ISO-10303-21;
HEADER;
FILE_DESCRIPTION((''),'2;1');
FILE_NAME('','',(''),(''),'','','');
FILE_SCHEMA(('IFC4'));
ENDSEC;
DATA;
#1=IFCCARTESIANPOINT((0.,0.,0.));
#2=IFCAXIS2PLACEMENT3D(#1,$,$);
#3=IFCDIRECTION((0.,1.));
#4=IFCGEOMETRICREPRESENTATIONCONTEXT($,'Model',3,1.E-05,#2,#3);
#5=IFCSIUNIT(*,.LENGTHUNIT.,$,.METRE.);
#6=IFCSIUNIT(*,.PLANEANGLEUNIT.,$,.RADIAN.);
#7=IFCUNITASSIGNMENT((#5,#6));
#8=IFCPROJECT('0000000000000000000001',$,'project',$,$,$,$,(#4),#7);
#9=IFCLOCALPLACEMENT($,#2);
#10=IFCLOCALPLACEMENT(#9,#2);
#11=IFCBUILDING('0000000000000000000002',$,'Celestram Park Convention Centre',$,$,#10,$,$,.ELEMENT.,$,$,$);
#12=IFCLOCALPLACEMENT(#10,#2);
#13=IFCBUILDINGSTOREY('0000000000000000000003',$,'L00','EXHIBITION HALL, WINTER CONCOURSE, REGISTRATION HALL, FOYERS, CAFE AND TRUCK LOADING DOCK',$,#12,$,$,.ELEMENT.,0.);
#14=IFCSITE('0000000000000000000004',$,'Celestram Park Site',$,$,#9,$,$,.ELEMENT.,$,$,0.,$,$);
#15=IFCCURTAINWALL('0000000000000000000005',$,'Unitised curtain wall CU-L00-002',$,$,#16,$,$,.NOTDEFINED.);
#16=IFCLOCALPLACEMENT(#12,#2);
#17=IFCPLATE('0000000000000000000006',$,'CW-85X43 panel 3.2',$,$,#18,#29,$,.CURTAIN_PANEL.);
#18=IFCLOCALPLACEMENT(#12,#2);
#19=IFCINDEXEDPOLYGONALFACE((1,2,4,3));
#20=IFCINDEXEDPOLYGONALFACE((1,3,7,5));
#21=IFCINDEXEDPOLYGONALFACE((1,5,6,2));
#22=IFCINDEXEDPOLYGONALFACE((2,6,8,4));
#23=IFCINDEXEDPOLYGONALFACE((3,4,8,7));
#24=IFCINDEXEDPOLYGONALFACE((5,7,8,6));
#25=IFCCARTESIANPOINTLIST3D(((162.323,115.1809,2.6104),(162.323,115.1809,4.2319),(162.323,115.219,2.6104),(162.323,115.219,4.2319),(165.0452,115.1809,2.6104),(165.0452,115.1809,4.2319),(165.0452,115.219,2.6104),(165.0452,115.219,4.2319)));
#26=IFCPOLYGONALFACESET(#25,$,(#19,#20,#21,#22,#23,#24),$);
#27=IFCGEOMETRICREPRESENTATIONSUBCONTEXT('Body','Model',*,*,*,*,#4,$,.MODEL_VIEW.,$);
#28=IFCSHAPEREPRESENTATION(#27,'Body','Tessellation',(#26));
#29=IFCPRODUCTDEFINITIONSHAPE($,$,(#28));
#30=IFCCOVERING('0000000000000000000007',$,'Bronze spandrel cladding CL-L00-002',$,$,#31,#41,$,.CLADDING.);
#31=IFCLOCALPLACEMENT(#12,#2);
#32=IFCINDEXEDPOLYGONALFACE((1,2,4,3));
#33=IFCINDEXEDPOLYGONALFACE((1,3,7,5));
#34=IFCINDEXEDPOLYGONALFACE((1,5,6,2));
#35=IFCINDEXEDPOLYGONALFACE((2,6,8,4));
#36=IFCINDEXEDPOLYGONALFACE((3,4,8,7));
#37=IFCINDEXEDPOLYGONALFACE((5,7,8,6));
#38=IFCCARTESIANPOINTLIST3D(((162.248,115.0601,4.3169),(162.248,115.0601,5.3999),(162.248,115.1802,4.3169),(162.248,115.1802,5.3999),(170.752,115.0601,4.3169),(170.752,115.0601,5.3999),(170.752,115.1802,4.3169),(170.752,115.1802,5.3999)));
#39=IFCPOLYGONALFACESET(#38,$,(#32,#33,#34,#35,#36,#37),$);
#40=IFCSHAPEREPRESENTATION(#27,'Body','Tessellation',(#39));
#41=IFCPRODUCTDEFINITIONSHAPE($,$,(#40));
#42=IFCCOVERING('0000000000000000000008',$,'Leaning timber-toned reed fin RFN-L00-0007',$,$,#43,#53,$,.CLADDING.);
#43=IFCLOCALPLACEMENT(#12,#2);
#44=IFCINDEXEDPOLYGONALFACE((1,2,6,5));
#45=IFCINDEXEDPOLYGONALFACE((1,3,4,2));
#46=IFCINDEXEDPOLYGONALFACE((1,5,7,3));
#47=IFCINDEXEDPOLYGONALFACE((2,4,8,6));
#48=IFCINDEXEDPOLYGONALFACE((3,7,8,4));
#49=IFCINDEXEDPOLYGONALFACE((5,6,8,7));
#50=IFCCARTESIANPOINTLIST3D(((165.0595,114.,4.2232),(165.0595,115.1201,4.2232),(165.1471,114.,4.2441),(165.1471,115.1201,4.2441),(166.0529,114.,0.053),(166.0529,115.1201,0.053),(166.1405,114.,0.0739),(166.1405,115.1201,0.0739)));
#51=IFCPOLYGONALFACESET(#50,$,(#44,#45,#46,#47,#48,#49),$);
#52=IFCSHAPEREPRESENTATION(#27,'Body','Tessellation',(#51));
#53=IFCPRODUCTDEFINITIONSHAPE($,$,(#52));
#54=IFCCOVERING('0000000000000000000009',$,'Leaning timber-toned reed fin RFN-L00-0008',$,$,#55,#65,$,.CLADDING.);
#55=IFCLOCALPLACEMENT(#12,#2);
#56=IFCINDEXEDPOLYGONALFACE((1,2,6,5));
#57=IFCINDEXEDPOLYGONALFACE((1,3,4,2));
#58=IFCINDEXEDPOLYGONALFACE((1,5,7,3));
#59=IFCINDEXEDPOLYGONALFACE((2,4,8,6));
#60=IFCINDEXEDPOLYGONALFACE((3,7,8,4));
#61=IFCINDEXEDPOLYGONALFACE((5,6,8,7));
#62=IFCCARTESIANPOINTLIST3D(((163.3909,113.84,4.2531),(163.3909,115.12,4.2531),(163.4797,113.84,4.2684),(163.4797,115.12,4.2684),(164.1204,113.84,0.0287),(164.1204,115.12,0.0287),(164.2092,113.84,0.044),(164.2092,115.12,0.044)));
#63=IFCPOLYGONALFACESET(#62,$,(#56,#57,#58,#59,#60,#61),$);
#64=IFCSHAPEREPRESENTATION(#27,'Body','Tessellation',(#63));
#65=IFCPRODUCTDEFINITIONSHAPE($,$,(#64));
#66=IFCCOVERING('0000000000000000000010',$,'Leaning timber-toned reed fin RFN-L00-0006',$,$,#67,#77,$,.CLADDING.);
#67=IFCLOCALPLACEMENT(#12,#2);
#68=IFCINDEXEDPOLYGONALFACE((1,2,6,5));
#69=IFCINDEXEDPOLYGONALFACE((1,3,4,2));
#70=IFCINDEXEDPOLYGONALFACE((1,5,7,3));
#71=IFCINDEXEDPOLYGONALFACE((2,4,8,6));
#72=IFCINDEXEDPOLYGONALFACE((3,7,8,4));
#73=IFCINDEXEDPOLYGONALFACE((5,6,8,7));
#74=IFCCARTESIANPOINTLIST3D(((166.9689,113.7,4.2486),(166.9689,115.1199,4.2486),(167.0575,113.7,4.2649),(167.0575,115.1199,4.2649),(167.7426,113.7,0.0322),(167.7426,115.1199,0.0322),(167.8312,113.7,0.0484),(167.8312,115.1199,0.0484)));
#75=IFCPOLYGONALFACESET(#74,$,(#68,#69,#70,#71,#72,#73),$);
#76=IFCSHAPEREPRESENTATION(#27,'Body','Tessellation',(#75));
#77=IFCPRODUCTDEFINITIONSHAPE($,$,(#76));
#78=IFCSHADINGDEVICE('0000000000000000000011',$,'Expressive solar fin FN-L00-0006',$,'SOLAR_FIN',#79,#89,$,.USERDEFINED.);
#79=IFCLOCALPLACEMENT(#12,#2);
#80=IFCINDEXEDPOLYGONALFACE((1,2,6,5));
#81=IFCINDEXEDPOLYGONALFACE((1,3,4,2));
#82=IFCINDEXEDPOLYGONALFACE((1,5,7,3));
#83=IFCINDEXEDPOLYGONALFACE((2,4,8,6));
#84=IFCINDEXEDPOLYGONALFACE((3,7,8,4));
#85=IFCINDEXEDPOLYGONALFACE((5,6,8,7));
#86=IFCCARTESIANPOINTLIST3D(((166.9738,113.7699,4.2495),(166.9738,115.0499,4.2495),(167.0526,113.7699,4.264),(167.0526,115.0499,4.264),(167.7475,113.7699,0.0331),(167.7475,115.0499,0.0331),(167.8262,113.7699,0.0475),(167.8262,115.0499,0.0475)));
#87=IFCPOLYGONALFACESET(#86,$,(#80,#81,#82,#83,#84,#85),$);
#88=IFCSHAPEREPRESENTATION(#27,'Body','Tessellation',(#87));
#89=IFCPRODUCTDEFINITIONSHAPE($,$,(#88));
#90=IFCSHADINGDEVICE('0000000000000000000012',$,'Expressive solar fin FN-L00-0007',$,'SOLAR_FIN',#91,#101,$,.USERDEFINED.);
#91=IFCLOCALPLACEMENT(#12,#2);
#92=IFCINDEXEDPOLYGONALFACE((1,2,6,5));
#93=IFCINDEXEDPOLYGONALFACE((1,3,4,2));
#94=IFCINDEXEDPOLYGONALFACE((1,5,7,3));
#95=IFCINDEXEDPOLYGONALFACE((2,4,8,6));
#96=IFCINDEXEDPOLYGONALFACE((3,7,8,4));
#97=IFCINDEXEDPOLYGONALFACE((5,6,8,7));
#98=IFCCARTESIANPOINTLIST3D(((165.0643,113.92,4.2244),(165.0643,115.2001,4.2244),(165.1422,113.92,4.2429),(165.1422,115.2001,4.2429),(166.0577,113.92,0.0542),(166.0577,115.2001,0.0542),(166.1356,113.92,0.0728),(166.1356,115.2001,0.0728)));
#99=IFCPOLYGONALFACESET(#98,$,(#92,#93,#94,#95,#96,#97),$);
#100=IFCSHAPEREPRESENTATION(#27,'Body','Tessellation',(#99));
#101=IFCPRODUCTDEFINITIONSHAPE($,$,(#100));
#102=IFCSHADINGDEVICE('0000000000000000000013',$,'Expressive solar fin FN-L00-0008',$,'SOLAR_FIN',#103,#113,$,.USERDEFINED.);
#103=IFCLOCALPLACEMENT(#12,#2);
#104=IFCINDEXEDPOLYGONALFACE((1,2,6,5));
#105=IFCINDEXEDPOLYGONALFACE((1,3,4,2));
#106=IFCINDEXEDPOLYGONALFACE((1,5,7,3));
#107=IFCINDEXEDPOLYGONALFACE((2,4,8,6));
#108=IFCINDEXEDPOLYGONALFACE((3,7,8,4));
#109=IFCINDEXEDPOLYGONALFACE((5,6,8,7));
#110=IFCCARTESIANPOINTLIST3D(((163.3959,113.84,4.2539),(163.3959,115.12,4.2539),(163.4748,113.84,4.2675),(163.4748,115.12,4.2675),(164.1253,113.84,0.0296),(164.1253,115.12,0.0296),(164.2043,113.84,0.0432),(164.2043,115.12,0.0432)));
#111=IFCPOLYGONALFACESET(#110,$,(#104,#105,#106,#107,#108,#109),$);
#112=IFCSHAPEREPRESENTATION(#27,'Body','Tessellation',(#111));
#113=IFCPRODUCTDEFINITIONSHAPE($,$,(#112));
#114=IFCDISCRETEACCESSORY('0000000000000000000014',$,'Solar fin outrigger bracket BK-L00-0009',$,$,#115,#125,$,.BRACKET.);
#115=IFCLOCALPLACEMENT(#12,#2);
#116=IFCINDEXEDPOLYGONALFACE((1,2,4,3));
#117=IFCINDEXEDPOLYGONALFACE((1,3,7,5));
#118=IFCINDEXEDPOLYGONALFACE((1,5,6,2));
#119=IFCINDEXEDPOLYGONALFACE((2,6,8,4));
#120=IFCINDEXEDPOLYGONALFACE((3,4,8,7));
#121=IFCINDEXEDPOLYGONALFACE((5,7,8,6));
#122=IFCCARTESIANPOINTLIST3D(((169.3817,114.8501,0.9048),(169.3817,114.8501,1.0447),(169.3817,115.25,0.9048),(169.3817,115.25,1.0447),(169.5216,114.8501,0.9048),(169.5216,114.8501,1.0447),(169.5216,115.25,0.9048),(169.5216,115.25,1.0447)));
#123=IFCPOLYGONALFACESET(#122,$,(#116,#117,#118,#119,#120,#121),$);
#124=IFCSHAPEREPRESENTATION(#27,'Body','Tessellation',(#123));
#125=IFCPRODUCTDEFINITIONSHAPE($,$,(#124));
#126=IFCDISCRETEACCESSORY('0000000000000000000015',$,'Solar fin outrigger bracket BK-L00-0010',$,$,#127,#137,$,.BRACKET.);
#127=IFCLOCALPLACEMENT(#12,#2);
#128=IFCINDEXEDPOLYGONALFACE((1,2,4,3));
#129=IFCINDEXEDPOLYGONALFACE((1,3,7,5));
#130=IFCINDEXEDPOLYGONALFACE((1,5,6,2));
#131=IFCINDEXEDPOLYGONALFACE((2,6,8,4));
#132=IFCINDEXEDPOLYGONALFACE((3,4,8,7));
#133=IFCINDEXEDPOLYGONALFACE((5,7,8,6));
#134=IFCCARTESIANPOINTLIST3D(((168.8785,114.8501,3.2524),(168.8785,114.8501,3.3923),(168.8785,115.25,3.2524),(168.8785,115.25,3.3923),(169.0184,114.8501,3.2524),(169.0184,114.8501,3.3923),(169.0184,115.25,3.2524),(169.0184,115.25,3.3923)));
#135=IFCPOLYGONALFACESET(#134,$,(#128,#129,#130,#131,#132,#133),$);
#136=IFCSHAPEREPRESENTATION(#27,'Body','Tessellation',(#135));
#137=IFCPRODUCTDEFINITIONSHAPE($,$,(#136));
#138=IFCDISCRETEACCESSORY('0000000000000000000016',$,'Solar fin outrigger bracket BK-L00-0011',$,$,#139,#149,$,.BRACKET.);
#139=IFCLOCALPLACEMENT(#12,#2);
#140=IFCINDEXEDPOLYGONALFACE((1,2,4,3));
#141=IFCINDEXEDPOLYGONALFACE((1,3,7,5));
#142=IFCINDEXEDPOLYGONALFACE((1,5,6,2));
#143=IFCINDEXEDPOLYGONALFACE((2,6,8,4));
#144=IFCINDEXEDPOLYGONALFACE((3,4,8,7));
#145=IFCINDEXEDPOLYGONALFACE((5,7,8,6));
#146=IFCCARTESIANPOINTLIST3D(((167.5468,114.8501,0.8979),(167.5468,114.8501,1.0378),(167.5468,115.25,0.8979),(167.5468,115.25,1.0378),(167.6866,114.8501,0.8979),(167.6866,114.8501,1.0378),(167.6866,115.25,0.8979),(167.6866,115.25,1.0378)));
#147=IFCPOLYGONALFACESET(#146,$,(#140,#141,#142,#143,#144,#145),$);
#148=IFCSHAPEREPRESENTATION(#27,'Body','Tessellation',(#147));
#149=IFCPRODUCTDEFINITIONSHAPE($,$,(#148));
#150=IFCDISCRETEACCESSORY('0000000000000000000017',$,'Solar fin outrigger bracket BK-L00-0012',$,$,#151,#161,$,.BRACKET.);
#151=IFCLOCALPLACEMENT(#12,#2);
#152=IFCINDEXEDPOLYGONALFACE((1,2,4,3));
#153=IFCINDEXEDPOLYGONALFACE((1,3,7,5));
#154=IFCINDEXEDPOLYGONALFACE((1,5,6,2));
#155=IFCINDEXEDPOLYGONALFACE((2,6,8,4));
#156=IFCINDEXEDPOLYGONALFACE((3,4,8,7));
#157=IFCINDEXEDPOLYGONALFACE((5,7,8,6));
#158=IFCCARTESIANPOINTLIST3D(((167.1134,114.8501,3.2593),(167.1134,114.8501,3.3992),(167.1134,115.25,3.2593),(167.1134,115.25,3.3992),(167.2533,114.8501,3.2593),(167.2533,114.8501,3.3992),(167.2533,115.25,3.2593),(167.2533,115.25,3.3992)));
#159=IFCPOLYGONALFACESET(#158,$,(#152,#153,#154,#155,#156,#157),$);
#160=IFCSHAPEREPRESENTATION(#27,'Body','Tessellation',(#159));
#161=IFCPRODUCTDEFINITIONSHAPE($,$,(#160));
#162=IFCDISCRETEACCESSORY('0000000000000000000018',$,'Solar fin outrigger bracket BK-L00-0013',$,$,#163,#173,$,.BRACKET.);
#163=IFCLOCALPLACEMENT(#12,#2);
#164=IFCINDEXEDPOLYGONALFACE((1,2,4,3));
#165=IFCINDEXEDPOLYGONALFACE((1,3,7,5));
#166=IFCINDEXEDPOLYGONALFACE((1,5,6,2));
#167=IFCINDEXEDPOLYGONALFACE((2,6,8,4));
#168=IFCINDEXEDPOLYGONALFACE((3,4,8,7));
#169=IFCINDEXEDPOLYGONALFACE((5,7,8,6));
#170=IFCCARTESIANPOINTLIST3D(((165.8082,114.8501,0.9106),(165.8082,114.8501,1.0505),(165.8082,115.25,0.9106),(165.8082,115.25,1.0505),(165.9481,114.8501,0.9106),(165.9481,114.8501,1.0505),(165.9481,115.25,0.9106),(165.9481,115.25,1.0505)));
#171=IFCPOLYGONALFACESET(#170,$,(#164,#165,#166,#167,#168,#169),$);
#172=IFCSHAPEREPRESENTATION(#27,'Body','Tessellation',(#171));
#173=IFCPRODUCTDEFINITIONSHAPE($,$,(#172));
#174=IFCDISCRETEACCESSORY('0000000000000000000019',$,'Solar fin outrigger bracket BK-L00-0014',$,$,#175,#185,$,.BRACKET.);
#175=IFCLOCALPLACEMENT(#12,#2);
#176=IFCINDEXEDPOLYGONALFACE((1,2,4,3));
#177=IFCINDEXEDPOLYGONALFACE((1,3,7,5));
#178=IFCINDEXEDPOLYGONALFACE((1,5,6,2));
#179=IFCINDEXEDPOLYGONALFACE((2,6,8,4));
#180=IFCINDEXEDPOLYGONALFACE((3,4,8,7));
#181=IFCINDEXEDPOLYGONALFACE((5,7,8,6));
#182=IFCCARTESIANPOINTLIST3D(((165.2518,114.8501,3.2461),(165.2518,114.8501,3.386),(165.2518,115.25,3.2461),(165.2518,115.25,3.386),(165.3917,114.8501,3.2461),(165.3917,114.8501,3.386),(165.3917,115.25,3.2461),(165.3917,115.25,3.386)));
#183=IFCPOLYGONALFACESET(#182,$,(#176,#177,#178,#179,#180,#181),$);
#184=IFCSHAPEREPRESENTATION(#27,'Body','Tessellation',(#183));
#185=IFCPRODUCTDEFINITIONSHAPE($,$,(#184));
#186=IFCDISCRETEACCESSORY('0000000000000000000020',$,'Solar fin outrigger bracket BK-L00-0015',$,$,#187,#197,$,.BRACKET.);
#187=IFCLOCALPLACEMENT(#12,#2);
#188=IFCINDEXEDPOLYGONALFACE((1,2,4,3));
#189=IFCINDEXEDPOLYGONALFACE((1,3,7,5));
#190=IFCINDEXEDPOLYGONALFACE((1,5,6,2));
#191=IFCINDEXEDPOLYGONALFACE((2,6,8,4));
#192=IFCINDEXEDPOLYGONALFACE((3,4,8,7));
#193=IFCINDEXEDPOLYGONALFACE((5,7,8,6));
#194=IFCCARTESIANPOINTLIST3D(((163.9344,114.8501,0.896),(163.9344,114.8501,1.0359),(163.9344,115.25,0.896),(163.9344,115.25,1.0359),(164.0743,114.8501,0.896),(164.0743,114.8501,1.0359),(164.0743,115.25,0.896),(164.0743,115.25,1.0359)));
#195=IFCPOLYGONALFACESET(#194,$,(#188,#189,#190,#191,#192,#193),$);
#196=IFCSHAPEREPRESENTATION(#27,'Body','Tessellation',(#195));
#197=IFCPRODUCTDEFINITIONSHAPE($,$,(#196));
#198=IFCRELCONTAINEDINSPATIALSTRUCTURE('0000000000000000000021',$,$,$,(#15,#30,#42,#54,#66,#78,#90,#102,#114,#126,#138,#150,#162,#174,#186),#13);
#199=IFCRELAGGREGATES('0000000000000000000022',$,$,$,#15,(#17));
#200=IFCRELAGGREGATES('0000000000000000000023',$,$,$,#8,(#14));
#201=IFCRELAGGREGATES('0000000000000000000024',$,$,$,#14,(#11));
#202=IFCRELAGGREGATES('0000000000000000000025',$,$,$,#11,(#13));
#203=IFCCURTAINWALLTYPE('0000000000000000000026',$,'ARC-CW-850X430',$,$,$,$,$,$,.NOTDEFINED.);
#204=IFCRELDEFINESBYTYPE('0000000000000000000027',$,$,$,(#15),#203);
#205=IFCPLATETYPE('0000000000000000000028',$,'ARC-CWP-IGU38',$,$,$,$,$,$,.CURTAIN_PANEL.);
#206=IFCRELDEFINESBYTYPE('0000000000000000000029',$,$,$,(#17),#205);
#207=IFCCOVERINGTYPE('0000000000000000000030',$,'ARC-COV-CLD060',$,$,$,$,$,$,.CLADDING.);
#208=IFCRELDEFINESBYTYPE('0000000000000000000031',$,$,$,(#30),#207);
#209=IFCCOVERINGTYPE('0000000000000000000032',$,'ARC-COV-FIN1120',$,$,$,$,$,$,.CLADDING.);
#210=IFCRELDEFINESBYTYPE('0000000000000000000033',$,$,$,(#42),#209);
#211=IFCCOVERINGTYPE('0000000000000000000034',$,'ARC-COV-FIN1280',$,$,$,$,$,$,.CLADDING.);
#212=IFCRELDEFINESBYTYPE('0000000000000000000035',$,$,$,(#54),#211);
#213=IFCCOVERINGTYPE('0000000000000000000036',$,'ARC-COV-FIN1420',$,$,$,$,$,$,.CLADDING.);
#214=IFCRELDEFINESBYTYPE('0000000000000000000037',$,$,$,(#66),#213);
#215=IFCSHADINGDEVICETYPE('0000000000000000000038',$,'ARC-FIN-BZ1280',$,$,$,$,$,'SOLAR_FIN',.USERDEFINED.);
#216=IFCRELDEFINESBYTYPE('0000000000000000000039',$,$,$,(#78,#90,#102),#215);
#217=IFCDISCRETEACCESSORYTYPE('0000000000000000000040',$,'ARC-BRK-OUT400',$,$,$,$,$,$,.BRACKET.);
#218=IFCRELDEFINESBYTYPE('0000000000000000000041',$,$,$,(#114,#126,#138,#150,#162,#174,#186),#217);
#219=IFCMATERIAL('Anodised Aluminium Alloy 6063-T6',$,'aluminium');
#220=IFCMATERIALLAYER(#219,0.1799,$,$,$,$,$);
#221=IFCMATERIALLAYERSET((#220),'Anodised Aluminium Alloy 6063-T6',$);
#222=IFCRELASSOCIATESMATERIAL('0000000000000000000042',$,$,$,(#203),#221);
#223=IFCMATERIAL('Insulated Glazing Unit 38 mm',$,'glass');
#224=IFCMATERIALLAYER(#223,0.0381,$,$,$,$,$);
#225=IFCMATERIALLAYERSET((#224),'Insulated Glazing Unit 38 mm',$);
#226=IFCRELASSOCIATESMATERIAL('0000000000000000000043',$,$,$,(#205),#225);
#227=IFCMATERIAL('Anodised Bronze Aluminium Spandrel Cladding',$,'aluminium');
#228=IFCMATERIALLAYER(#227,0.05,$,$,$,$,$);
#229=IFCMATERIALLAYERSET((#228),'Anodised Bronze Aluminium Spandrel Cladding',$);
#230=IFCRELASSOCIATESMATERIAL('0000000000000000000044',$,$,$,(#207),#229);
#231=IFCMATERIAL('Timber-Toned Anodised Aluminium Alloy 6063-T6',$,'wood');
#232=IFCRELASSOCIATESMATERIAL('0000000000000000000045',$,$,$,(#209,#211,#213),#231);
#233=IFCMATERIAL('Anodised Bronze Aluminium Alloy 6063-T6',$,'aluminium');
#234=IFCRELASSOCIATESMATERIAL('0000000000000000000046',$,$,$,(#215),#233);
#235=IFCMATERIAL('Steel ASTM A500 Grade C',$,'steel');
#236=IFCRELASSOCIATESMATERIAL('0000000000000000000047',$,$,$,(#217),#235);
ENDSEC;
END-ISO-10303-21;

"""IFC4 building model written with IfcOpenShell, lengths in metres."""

from ifc_helpers import new_model, si_unit, direction, frame, origin, origin_2d, place, context, subcontext, project, spatial, rectangle, extrude, material, layer, layer_set, material_profile, profile_set, type_object, element, aggregate, save


model = new_model("IFC4")

# Units and contexts
model_context = context("Model", 3, precision=1e-05, world=origin(), true_north=direction((0.0, 1.0)))
body_context = subcontext(model_context, "Body", "Model", "MODEL_VIEW")
ifc_project = project(units=[si_unit("LENGTHUNIT", "METRE"), si_unit("PLANEANGLEUNIT", "RADIAN")], contexts=[model_context])

# Site, building, storey
site_placement = place(None, origin())
site = spatial("IfcSite", under=ifc_project, at=site_placement, Name="Celestram Park Site", CompositionType="ELEMENT", RefElevation=0.0)
building_placement = place(site_placement, origin())
building = spatial("IfcBuilding", under=site, at=building_placement, Name="Celestram Park Convention Centre", CompositionType="ELEMENT")
storey_placement = place(building_placement, origin())
storey = spatial("IfcBuildingStorey", under=building, at=storey_placement, Name="L00", Description="EXHIBITION HALL, WINTER CONCOURSE, REGISTRATION HALL, FOYERS, CAFE AND TRUCK LOADING DOCK", CompositionType="ELEMENT", Elevation=0.0)

# Curtain wall, plate
ifc_material_1 = material(Name="Anodised Aluminium Alloy 6063-T6", Category="aluminium")
ifc_layer_1 = layer(ifc_material_1, 0.1799)
ifc_layer_set_1 = layer_set([ifc_layer_1], Name="Anodised Aluminium Alloy 6063-T6")
curtain_wall_type = type_object("IfcCurtainWallType", Name="ARC-CW-850X430", PredefinedType="NOTDEFINED", material=ifc_layer_set_1)
curtain_wall_placement = place(storey_placement, origin())
curtain_wall = element("IfcCurtainWall", 1, at=curtain_wall_placement, inside=storey, type_object=curtain_wall_type, Name="Unitised curtain wall CU-L00-002", PredefinedType="NOTDEFINED")
ifc_material_2 = material(Name="Insulated Glazing Unit 38 mm", Category="glass")
ifc_layer_2 = layer(ifc_material_2, 0.0381)
ifc_layer_set_2 = layer_set([ifc_layer_2], Name="Insulated Glazing Unit 38 mm")
plate_type = type_object("IfcPlateType", Name="ARC-CWP-IGU38", PredefinedType="CURTAIN_PANEL", material=ifc_layer_set_2)
plate_1_placement = place(storey_placement, frame((163.6841, 115.2, 2.6104), z_axis=(0.0, 0.0, 1.0), x_axis=(-1.0, 0.0, 0.0)))
plate_1 = element("IfcPlate", 2, at=plate_1_placement, type_object=plate_type, Name="CW-85X43 panel 3.2", PredefinedType="CURTAIN_PANEL", context=body_context, shape_type="SweptSolid", body=[
    extrude(rectangle(XDim=2.7222, YDim=0.0381, at=origin_2d()), origin(), (0.0, 0.0, 1.0), 1.6216),
])
aggregate(curtain_wall, [plate_1])

# Coverings
ifc_material_3 = material(Name="Anodised Bronze Aluminium Spandrel Cladding", Category="aluminium")
ifc_layer_3 = layer(ifc_material_3, 0.05)
ifc_layer_set_3 = layer_set([ifc_layer_3], Name="Anodised Bronze Aluminium Spandrel Cladding")
covering_type_1 = type_object("IfcCoveringType", Name="ARC-COV-CLD060", PredefinedType="CLADDING", material=ifc_layer_set_3)
covering_1_placement = place(storey_placement, frame((166.5, 115.1201, 4.3169), z_axis=(0.0, 0.0, 1.0), x_axis=(-1.0, 0.0, 0.0)))
element("IfcCovering", 3, at=covering_1_placement, inside=storey, type_object=covering_type_1, Name="Bronze spandrel cladding CL-L00-002", PredefinedType="CLADDING", context=body_context, shape_type="SweptSolid", body=[
    extrude(rectangle(XDim=8.5039, YDim=0.1201, at=origin_2d()), origin(), (0.0, 0.0, 1.0), 1.083),
])
ifc_material_4 = material(Name="Timber-Toned Anodised Aluminium Alloy 6063-T6", Category="wood")
ifc_material_profile_1 = material_profile(ifc_material_4, rectangle(XDim=1.1201, YDim=0.0901, at=origin_2d()), Name="REED1120X90")
ifc_profile_set_1 = profile_set([ifc_material_profile_1], Name="Timber-Toned Anodised Aluminium Alloy 6063-T6")
covering_type_2 = type_object("IfcCoveringType", Name="ARC-COV-FIN1120", PredefinedType="CLADDING", material=ifc_profile_set_1)
covering_2_placement = place(storey_placement, frame((166.0967, 114.5601, 0.0635), z_axis=(-0.231733, 0.0, 0.972779), x_axis=(0.0, -1.0, 0.0)))
element("IfcCovering", 4, at=covering_2_placement, inside=storey, type_object=covering_type_2, Name="Leaning timber-toned reed fin RFN-L00-0007", PredefinedType="CLADDING", context=body_context, shape_type="SweptSolid", body=[
    extrude(rectangle(XDim=1.1201, YDim=0.0901, at=origin_2d()), origin(), (0.0, 0.0, 1.0), 4.2869),
])
ifc_material_profile_2 = material_profile(ifc_material_4, rectangle(XDim=1.28, YDim=0.0901, at=origin_2d()), Name="REED1280X90")
ifc_profile_set_2 = profile_set([ifc_material_profile_2], Name="Timber-Toned Anodised Aluminium Alloy 6063-T6")
covering_type_3 = type_object("IfcCoveringType", Name="ARC-COV-FIN1280", PredefinedType="CLADDING", material=ifc_profile_set_2)
covering_3_placement = place(storey_placement, frame((164.1648, 114.48, 0.0364), z_axis=(-0.170168, 0.0, 0.985415), x_axis=(0.0, -1.0, 0.0)))
element("IfcCovering", 5, at=covering_3_placement, inside=storey, type_object=covering_type_3, Name="Leaning timber-toned reed fin RFN-L00-0008", PredefinedType="CLADDING", context=body_context, shape_type="SweptSolid", body=[
    extrude(rectangle(XDim=1.28, YDim=0.0901, at=origin_2d()), origin(), (0.0, 0.0, 1.0), 4.2869),
])
ifc_material_profile_3 = material_profile(ifc_material_4, rectangle(XDim=1.4199, YDim=0.0901, at=origin_2d()), Name="REED1420X90")
ifc_profile_set_3 = profile_set([ifc_material_profile_3], Name="Timber-Toned Anodised Aluminium Alloy 6063-T6")
covering_type_4 = type_object("IfcCoveringType", Name="ARC-COV-FIN1420", PredefinedType="CLADDING", material=ifc_profile_set_3)
covering_4_placement = place(storey_placement, frame((167.7869, 114.4099, 0.0403), z_axis=(-0.180474, 0.0, 0.98358), x_axis=(0.0, -1.0, 0.0)))
element("IfcCovering", 6, at=covering_4_placement, inside=storey, type_object=covering_type_4, Name="Leaning timber-toned reed fin RFN-L00-0006", PredefinedType="CLADDING", context=body_context, shape_type="SweptSolid", body=[
    extrude(rectangle(XDim=1.4199, YDim=0.0901, at=origin_2d()), origin(), (0.0, 0.0, 1.0), 4.2869),
])

# Shading devices
ifc_material_5 = material(Name="Anodised Bronze Aluminium Alloy 6063-T6", Category="aluminium")
ifc_material_profile_4 = material_profile(ifc_material_5, rectangle(XDim=1.28, YDim=0.0801, at=origin_2d()), Name="FIN1280X80")
ifc_profile_set_4 = profile_set([ifc_material_profile_4], Name="Anodised Bronze Aluminium Alloy 6063-T6")
shading_device_type = type_object("IfcShadingDeviceType", Name="ARC-FIN-BZ1280", ElementType="SOLAR_FIN", PredefinedType="USERDEFINED", material=ifc_profile_set_4)
for number, where, z_axis, x_axis, name in (
    (7, (167.7869, 114.4099, 0.0403), (-0.180474, 0.0, 0.98358), (0.0, -1.0, 0.0), "Expressive solar fin FN-L00-0006"),
    (8, (166.0967, 114.5601, 0.0635), (-0.231733, 0.0, 0.972779), (0.0, -1.0, 0.0), "Expressive solar fin FN-L00-0007"),
    (9, (164.1648, 114.48, 0.0364), (-0.170168, 0.0, 0.985415), (0.0, -1.0, 0.0), "Expressive solar fin FN-L00-0008"),
):
    element("IfcShadingDevice", number, at=place(storey_placement, frame(where, z_axis=z_axis, x_axis=x_axis)), inside=storey, type_object=shading_device_type, Name=name, ObjectType="SOLAR_FIN", PredefinedType="USERDEFINED", context=body_context, shape_type="SweptSolid", body=[
        extrude(rectangle(XDim=1.28, YDim=0.0801, at=origin_2d()), origin(), (0.0, 0.0, 1.0), 4.2869),
    ])

# Discrete accessories
ifc_material_6 = material(Name="Steel ASTM A500 Grade C", Category="steel")
discrete_accessory_type = type_object("IfcDiscreteAccessoryType", Name="ARC-BRK-OUT400", PredefinedType="BRACKET", material=ifc_material_6)
for number, where, z_axis, x_axis, name in (
    (10, (169.4517, 115.05, 0.9048), (0.0, 0.0, 1.0), (0.0, -1.0, 0.0), "Solar fin outrigger bracket BK-L00-0009"),
    (11, (168.9485, 115.05, 3.2524), (0.0, 0.0, 1.0), (0.0, -1.0, 0.0), "Solar fin outrigger bracket BK-L00-0010"),
    (12, (167.6167, 115.05, 0.8979), (0.0, 0.0, 1.0), (0.0, -1.0, 0.0), "Solar fin outrigger bracket BK-L00-0011"),
    (13, (167.1833, 115.05, 3.2593), (0.0, 0.0, 1.0), (0.0, -1.0, 0.0), "Solar fin outrigger bracket BK-L00-0012"),
    (14, (165.8782, 115.05, 0.9106), (0.0, 0.0, 1.0), (0.0, -1.0, 0.0), "Solar fin outrigger bracket BK-L00-0013"),
    (15, (165.3218, 115.05, 3.2461), (0.0, 0.0, 1.0), (0.0, -1.0, 0.0), "Solar fin outrigger bracket BK-L00-0014"),
    (16, (164.0044, 115.05, 0.896), (0.0, 0.0, 1.0), (0.0, -1.0, 0.0), "Solar fin outrigger bracket BK-L00-0015"),
):
    element("IfcDiscreteAccessory", number, at=place(storey_placement, frame(where, z_axis=z_axis, x_axis=x_axis)), inside=storey, type_object=discrete_accessory_type, Name=name, PredefinedType="BRACKET", context=body_context, shape_type="SweptSolid", body=[
        extrude(rectangle(XDim=0.3999, YDim=0.1399, at=origin_2d()), origin(), (0.0, 0.0, 1.0), 0.1399),
    ])

save(model, "model.ifc")
